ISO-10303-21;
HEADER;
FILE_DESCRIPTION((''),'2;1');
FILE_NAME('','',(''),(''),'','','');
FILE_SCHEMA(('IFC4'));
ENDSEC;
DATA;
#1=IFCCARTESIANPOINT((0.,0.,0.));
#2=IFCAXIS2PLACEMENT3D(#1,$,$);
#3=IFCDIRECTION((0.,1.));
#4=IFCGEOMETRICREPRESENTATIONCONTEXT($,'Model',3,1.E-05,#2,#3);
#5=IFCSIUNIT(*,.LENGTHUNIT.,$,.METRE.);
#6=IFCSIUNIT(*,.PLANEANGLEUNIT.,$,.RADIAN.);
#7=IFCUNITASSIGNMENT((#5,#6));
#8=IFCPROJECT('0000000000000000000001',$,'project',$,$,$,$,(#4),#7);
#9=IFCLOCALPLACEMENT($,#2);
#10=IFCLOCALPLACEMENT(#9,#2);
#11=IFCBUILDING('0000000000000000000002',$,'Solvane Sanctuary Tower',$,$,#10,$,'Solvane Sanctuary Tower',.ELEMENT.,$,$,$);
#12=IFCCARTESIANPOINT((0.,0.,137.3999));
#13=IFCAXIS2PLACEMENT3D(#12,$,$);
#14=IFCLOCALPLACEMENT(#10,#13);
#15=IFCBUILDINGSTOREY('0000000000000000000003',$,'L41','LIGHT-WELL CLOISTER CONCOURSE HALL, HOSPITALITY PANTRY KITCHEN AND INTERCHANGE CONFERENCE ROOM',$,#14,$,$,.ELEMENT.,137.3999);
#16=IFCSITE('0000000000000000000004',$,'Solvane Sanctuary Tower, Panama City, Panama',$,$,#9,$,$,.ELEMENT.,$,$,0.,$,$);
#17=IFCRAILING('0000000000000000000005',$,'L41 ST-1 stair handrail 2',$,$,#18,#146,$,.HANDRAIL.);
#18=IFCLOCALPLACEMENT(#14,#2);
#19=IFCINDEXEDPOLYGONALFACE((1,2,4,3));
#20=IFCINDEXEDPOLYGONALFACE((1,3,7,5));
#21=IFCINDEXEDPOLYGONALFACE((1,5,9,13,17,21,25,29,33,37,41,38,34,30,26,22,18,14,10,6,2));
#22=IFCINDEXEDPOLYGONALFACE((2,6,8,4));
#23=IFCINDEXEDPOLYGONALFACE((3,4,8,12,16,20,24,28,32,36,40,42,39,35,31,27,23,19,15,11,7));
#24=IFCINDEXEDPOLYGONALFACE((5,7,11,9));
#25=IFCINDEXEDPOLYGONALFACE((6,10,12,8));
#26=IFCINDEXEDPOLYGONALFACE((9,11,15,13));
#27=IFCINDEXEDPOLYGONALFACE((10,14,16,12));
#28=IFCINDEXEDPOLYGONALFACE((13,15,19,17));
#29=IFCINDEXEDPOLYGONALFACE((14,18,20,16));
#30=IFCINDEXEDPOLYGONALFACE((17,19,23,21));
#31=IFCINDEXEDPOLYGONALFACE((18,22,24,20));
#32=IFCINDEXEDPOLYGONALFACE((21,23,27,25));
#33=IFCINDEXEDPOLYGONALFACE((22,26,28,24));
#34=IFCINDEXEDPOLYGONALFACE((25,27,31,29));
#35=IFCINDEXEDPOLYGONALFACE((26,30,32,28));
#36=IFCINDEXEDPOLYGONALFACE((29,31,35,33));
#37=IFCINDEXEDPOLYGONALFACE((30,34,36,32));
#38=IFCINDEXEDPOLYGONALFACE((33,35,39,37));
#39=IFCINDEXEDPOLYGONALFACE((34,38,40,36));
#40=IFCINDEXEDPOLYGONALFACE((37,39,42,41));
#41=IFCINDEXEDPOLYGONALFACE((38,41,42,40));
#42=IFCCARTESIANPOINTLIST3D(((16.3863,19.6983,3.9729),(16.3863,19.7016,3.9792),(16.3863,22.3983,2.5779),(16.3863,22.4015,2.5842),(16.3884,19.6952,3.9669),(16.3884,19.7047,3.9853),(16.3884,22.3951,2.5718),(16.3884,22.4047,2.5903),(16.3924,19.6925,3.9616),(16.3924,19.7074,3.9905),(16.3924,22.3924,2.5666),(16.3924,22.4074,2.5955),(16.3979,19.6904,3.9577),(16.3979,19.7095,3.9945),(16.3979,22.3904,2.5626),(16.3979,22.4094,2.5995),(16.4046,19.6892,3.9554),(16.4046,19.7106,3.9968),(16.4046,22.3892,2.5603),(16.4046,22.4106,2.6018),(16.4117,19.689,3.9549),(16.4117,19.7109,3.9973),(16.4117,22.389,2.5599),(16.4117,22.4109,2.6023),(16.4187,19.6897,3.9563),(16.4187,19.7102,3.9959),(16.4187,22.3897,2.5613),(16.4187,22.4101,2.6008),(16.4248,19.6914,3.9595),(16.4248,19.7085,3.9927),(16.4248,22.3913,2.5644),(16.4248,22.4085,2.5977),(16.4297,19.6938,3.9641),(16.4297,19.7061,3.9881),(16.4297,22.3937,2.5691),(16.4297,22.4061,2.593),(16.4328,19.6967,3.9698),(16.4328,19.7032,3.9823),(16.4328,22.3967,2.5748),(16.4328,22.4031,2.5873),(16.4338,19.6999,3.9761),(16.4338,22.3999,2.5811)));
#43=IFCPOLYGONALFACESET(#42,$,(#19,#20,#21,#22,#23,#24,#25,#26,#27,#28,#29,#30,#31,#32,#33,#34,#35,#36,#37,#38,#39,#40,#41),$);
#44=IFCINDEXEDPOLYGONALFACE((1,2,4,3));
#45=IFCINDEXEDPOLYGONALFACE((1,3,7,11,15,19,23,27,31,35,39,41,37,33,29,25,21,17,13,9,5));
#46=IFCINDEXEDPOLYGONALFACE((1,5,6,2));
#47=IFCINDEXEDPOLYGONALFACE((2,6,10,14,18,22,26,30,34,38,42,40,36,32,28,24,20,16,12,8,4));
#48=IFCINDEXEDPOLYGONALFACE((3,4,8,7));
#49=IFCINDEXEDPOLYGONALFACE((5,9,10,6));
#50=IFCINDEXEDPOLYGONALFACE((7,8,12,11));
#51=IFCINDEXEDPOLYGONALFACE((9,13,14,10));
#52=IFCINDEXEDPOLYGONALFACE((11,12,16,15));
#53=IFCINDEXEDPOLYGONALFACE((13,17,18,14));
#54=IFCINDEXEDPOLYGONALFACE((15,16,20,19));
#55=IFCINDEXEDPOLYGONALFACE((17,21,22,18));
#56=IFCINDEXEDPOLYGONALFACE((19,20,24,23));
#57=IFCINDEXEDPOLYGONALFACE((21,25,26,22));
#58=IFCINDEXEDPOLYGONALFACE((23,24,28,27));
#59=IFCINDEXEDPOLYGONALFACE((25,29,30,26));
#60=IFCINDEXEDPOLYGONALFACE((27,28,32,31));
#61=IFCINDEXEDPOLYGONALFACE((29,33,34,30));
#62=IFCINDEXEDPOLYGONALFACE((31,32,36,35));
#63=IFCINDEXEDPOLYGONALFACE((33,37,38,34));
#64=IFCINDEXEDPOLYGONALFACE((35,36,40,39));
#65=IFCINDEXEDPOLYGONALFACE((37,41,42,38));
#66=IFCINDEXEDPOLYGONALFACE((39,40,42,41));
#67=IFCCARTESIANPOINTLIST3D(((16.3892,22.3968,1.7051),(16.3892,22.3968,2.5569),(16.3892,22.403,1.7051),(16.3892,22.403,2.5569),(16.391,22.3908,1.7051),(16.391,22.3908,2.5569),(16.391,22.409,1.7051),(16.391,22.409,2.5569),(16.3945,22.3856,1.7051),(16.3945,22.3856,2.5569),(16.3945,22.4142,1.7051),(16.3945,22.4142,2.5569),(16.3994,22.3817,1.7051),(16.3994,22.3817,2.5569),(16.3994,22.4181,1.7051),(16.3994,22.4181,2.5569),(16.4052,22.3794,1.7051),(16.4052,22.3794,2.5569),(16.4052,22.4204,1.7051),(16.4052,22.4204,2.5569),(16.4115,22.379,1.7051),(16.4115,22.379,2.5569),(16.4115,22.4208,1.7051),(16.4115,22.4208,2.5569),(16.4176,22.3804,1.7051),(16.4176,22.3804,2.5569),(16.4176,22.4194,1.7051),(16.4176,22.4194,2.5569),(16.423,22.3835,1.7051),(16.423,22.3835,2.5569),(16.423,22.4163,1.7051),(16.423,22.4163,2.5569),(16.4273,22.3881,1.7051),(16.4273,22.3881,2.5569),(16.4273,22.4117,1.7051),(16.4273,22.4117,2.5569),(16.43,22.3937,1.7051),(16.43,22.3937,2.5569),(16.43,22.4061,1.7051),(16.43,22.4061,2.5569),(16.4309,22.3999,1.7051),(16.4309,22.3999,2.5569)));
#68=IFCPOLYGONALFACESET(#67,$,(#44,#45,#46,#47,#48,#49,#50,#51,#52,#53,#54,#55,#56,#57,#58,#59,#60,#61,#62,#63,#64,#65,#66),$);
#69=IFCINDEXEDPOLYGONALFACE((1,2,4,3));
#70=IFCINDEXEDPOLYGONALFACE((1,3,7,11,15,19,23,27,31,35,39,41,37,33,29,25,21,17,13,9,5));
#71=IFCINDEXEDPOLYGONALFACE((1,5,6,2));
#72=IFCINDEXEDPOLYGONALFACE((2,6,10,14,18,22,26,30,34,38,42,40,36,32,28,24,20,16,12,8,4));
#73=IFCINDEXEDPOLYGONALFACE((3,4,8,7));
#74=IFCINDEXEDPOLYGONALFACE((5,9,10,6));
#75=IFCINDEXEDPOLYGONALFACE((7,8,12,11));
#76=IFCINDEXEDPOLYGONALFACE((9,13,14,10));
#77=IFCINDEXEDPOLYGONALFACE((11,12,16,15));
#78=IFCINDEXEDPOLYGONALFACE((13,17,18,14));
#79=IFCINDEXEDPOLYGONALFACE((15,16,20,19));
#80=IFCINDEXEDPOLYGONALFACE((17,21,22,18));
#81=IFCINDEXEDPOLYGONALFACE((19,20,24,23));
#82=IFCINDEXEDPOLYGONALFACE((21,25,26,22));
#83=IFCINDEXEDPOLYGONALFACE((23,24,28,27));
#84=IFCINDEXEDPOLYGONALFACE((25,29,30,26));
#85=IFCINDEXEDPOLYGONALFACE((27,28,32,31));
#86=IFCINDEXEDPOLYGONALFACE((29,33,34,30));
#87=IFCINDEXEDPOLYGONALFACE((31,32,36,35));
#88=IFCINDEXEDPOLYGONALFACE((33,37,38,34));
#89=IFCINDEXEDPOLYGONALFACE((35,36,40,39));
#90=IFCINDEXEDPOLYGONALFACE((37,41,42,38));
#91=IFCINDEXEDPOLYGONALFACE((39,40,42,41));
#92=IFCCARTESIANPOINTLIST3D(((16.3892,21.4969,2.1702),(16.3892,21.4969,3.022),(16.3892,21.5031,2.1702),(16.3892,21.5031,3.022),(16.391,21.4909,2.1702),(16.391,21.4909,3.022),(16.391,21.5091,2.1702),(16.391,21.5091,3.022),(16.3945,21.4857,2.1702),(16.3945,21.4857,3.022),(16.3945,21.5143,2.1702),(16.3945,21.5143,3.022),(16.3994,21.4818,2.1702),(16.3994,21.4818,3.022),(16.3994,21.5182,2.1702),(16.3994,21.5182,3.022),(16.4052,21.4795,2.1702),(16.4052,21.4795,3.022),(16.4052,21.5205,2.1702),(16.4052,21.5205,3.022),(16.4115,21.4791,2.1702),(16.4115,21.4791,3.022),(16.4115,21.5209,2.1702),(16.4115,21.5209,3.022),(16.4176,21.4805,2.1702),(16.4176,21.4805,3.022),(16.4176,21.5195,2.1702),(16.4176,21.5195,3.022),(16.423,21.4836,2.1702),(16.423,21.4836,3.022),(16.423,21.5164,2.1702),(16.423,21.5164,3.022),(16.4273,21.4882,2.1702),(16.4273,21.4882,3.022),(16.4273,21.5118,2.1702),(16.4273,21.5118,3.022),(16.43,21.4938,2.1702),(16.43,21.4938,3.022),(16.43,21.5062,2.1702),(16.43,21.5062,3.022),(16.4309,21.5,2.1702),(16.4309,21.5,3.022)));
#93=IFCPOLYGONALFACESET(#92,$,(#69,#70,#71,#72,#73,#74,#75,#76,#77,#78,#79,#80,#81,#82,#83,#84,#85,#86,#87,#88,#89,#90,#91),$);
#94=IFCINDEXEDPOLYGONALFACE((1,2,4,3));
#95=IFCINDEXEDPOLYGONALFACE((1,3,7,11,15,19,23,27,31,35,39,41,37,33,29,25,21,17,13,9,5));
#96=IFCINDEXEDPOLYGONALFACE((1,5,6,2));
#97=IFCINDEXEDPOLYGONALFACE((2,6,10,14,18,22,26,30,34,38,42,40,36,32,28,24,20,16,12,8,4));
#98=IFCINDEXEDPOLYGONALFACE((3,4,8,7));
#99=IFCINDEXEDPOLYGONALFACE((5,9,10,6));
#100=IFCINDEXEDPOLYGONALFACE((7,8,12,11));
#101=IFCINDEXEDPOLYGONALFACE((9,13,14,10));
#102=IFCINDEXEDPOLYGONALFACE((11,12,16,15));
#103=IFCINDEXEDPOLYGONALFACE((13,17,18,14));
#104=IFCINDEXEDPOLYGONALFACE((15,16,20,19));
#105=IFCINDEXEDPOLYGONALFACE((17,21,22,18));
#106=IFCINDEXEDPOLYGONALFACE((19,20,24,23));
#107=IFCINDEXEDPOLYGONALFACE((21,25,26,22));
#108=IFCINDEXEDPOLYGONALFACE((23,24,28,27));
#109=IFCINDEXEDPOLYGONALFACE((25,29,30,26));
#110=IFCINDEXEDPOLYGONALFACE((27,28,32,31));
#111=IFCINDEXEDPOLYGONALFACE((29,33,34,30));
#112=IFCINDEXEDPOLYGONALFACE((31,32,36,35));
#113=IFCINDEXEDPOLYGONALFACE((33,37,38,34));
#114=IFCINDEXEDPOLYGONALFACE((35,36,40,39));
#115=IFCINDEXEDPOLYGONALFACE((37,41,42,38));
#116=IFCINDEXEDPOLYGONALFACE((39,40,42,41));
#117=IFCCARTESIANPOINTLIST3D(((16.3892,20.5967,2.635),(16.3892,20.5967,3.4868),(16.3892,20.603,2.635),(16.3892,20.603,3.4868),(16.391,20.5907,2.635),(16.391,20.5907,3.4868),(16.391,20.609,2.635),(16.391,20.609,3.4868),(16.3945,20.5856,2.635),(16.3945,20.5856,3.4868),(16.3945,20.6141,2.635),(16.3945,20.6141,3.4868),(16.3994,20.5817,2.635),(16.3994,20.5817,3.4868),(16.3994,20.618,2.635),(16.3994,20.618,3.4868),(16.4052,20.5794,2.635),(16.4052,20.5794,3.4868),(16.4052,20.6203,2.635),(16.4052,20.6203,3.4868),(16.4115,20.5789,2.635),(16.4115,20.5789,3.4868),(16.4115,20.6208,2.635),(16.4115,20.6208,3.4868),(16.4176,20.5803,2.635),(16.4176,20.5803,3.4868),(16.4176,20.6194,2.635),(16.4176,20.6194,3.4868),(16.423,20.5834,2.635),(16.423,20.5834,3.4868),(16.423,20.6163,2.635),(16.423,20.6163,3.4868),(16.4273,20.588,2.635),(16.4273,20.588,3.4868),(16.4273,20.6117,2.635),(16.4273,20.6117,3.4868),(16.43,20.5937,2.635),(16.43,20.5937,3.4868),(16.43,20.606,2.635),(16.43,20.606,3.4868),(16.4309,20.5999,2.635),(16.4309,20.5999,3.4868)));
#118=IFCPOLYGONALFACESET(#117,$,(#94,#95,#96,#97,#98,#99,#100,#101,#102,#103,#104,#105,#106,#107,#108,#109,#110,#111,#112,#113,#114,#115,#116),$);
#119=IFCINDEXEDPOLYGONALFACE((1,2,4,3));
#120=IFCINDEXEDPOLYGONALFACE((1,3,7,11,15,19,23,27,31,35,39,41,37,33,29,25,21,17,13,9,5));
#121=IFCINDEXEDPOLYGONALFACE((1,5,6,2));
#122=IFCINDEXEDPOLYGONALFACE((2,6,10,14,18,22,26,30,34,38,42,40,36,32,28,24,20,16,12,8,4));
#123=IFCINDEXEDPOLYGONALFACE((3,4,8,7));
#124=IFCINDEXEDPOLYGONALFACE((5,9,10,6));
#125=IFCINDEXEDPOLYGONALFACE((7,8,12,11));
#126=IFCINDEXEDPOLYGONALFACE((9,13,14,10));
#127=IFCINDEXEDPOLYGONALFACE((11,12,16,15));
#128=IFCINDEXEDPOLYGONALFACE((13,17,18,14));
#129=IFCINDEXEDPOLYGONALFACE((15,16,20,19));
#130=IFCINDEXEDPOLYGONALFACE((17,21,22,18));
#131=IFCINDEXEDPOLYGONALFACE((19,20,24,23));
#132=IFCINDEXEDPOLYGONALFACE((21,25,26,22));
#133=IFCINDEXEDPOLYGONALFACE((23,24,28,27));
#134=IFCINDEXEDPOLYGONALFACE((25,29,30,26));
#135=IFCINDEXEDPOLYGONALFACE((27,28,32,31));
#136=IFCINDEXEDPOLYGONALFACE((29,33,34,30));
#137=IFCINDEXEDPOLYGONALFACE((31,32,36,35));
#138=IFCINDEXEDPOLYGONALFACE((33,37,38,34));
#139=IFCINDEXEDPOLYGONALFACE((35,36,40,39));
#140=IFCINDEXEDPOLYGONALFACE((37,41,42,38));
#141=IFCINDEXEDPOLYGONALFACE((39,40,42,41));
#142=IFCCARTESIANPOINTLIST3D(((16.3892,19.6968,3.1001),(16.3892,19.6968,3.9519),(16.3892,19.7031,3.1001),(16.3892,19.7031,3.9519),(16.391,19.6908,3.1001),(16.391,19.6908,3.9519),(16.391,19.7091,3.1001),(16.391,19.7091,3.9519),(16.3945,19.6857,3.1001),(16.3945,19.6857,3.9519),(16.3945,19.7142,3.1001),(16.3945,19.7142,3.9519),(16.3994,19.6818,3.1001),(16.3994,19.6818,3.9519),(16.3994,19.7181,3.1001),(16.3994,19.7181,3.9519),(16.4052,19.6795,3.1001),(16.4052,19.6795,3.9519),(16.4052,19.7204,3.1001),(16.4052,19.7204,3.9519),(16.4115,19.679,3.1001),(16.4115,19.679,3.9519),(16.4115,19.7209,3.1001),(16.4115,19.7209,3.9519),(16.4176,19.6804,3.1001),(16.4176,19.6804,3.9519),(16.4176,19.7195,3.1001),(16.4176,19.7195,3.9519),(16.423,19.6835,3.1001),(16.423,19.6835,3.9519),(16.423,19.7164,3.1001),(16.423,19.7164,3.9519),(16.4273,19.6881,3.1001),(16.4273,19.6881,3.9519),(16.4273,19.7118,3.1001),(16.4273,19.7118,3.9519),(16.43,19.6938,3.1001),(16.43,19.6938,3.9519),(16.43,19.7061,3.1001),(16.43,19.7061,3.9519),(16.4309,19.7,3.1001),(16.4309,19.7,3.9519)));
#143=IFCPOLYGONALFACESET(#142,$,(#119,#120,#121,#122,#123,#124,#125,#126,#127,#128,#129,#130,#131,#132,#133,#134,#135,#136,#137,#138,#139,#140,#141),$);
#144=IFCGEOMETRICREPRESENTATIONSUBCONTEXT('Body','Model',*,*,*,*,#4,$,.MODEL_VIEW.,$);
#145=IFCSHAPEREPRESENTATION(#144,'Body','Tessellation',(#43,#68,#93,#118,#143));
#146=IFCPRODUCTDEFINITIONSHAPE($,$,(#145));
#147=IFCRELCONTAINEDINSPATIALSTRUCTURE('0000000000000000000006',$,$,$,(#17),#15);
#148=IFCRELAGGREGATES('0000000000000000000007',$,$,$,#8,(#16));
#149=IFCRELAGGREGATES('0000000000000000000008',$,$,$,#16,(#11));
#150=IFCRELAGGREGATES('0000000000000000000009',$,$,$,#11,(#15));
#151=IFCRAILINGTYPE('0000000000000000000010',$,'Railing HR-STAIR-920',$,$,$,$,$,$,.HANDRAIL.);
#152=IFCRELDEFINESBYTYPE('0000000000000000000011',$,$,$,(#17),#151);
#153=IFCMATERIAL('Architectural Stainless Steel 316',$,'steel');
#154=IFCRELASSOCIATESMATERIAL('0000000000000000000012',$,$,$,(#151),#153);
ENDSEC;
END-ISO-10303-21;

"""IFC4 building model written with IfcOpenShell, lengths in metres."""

from ifc_helpers import new_model, si_unit, direction, frame, origin, origin_2d, place, context, subcontext, project, spatial, circle, extrude, material, type_object, element, save


model = new_model("IFC4")

# Units and contexts
model_context = context("Model", 3, precision=1e-05, world=origin(), true_north=direction((0.0, 1.0)))
body_context = subcontext(model_context, "Body", "Model", "MODEL_VIEW")
ifc_project = project(units=[si_unit("LENGTHUNIT", "METRE"), si_unit("PLANEANGLEUNIT", "RADIAN")], contexts=[model_context])

# Site, building, storey
site_placement = place(None, origin())
site = spatial("IfcSite", under=ifc_project, at=site_placement, Name="Solvane Sanctuary Tower, Panama City, Panama", CompositionType="ELEMENT", RefElevation=0.0)
building_placement = place(site_placement, origin())
building = spatial("IfcBuilding", under=site, at=building_placement, Name="Solvane Sanctuary Tower", LongName="Solvane Sanctuary Tower", CompositionType="ELEMENT")
storey_placement = place(building_placement, frame((0.0, 0.0, 137.3999)))
storey = spatial("IfcBuildingStorey", under=building, at=storey_placement, Name="L41", Description="LIGHT-WELL CLOISTER CONCOURSE HALL, HOSPITALITY PANTRY KITCHEN AND INTERCHANGE CONFERENCE ROOM", CompositionType="ELEMENT", Elevation=137.3999)

# Shared definitions
ifc_material_1 = material(Name="Architectural Stainless Steel 316", Category="steel")

# Railing
railing_type_1 = type_object("IfcRailingType", Name="Railing HR-STAIR-920", PredefinedType="HANDRAIL", material=ifc_material_1)
railing_1_placement = place(storey_placement, frame((16.4099, 22.3999, 1.7051)))
element("IfcRailing", 1, at=railing_1_placement, inside=storey, type_object=railing_type_1, Name="L41 ST-1 stair handrail 2", PredefinedType="HANDRAIL", context=body_context, shape_type="SweptSolid", body=[
    extrude(circle(Radius=0.0239, at=origin_2d()), frame((0.0, 0.0, 0.876), z_axis=(0.0, -0.88842, 0.459032), x_axis=(1.0, 0.0, 0.0)), (0.0, 0.0, 1.0), 3.0391),
    extrude(circle(Radius=0.021, at=origin_2d()), origin(), (0.0, 0.0, 1.0), 0.8518),
    extrude(circle(Radius=0.021, at=origin_2d()), frame((0.0, -0.8999, 0.4651)), (0.0, 0.0, 1.0), 0.8518),
    extrude(circle(Radius=0.021, at=origin_2d()), frame((0.0, -1.8, 0.9299)), (0.0, 0.0, 1.0), 0.8518),
    extrude(circle(Radius=0.021, at=origin_2d()), frame((0.0, -2.7, 1.395)), (0.0, 0.0, 1.0), 0.8518),
])

save(model, "model.ifc")
